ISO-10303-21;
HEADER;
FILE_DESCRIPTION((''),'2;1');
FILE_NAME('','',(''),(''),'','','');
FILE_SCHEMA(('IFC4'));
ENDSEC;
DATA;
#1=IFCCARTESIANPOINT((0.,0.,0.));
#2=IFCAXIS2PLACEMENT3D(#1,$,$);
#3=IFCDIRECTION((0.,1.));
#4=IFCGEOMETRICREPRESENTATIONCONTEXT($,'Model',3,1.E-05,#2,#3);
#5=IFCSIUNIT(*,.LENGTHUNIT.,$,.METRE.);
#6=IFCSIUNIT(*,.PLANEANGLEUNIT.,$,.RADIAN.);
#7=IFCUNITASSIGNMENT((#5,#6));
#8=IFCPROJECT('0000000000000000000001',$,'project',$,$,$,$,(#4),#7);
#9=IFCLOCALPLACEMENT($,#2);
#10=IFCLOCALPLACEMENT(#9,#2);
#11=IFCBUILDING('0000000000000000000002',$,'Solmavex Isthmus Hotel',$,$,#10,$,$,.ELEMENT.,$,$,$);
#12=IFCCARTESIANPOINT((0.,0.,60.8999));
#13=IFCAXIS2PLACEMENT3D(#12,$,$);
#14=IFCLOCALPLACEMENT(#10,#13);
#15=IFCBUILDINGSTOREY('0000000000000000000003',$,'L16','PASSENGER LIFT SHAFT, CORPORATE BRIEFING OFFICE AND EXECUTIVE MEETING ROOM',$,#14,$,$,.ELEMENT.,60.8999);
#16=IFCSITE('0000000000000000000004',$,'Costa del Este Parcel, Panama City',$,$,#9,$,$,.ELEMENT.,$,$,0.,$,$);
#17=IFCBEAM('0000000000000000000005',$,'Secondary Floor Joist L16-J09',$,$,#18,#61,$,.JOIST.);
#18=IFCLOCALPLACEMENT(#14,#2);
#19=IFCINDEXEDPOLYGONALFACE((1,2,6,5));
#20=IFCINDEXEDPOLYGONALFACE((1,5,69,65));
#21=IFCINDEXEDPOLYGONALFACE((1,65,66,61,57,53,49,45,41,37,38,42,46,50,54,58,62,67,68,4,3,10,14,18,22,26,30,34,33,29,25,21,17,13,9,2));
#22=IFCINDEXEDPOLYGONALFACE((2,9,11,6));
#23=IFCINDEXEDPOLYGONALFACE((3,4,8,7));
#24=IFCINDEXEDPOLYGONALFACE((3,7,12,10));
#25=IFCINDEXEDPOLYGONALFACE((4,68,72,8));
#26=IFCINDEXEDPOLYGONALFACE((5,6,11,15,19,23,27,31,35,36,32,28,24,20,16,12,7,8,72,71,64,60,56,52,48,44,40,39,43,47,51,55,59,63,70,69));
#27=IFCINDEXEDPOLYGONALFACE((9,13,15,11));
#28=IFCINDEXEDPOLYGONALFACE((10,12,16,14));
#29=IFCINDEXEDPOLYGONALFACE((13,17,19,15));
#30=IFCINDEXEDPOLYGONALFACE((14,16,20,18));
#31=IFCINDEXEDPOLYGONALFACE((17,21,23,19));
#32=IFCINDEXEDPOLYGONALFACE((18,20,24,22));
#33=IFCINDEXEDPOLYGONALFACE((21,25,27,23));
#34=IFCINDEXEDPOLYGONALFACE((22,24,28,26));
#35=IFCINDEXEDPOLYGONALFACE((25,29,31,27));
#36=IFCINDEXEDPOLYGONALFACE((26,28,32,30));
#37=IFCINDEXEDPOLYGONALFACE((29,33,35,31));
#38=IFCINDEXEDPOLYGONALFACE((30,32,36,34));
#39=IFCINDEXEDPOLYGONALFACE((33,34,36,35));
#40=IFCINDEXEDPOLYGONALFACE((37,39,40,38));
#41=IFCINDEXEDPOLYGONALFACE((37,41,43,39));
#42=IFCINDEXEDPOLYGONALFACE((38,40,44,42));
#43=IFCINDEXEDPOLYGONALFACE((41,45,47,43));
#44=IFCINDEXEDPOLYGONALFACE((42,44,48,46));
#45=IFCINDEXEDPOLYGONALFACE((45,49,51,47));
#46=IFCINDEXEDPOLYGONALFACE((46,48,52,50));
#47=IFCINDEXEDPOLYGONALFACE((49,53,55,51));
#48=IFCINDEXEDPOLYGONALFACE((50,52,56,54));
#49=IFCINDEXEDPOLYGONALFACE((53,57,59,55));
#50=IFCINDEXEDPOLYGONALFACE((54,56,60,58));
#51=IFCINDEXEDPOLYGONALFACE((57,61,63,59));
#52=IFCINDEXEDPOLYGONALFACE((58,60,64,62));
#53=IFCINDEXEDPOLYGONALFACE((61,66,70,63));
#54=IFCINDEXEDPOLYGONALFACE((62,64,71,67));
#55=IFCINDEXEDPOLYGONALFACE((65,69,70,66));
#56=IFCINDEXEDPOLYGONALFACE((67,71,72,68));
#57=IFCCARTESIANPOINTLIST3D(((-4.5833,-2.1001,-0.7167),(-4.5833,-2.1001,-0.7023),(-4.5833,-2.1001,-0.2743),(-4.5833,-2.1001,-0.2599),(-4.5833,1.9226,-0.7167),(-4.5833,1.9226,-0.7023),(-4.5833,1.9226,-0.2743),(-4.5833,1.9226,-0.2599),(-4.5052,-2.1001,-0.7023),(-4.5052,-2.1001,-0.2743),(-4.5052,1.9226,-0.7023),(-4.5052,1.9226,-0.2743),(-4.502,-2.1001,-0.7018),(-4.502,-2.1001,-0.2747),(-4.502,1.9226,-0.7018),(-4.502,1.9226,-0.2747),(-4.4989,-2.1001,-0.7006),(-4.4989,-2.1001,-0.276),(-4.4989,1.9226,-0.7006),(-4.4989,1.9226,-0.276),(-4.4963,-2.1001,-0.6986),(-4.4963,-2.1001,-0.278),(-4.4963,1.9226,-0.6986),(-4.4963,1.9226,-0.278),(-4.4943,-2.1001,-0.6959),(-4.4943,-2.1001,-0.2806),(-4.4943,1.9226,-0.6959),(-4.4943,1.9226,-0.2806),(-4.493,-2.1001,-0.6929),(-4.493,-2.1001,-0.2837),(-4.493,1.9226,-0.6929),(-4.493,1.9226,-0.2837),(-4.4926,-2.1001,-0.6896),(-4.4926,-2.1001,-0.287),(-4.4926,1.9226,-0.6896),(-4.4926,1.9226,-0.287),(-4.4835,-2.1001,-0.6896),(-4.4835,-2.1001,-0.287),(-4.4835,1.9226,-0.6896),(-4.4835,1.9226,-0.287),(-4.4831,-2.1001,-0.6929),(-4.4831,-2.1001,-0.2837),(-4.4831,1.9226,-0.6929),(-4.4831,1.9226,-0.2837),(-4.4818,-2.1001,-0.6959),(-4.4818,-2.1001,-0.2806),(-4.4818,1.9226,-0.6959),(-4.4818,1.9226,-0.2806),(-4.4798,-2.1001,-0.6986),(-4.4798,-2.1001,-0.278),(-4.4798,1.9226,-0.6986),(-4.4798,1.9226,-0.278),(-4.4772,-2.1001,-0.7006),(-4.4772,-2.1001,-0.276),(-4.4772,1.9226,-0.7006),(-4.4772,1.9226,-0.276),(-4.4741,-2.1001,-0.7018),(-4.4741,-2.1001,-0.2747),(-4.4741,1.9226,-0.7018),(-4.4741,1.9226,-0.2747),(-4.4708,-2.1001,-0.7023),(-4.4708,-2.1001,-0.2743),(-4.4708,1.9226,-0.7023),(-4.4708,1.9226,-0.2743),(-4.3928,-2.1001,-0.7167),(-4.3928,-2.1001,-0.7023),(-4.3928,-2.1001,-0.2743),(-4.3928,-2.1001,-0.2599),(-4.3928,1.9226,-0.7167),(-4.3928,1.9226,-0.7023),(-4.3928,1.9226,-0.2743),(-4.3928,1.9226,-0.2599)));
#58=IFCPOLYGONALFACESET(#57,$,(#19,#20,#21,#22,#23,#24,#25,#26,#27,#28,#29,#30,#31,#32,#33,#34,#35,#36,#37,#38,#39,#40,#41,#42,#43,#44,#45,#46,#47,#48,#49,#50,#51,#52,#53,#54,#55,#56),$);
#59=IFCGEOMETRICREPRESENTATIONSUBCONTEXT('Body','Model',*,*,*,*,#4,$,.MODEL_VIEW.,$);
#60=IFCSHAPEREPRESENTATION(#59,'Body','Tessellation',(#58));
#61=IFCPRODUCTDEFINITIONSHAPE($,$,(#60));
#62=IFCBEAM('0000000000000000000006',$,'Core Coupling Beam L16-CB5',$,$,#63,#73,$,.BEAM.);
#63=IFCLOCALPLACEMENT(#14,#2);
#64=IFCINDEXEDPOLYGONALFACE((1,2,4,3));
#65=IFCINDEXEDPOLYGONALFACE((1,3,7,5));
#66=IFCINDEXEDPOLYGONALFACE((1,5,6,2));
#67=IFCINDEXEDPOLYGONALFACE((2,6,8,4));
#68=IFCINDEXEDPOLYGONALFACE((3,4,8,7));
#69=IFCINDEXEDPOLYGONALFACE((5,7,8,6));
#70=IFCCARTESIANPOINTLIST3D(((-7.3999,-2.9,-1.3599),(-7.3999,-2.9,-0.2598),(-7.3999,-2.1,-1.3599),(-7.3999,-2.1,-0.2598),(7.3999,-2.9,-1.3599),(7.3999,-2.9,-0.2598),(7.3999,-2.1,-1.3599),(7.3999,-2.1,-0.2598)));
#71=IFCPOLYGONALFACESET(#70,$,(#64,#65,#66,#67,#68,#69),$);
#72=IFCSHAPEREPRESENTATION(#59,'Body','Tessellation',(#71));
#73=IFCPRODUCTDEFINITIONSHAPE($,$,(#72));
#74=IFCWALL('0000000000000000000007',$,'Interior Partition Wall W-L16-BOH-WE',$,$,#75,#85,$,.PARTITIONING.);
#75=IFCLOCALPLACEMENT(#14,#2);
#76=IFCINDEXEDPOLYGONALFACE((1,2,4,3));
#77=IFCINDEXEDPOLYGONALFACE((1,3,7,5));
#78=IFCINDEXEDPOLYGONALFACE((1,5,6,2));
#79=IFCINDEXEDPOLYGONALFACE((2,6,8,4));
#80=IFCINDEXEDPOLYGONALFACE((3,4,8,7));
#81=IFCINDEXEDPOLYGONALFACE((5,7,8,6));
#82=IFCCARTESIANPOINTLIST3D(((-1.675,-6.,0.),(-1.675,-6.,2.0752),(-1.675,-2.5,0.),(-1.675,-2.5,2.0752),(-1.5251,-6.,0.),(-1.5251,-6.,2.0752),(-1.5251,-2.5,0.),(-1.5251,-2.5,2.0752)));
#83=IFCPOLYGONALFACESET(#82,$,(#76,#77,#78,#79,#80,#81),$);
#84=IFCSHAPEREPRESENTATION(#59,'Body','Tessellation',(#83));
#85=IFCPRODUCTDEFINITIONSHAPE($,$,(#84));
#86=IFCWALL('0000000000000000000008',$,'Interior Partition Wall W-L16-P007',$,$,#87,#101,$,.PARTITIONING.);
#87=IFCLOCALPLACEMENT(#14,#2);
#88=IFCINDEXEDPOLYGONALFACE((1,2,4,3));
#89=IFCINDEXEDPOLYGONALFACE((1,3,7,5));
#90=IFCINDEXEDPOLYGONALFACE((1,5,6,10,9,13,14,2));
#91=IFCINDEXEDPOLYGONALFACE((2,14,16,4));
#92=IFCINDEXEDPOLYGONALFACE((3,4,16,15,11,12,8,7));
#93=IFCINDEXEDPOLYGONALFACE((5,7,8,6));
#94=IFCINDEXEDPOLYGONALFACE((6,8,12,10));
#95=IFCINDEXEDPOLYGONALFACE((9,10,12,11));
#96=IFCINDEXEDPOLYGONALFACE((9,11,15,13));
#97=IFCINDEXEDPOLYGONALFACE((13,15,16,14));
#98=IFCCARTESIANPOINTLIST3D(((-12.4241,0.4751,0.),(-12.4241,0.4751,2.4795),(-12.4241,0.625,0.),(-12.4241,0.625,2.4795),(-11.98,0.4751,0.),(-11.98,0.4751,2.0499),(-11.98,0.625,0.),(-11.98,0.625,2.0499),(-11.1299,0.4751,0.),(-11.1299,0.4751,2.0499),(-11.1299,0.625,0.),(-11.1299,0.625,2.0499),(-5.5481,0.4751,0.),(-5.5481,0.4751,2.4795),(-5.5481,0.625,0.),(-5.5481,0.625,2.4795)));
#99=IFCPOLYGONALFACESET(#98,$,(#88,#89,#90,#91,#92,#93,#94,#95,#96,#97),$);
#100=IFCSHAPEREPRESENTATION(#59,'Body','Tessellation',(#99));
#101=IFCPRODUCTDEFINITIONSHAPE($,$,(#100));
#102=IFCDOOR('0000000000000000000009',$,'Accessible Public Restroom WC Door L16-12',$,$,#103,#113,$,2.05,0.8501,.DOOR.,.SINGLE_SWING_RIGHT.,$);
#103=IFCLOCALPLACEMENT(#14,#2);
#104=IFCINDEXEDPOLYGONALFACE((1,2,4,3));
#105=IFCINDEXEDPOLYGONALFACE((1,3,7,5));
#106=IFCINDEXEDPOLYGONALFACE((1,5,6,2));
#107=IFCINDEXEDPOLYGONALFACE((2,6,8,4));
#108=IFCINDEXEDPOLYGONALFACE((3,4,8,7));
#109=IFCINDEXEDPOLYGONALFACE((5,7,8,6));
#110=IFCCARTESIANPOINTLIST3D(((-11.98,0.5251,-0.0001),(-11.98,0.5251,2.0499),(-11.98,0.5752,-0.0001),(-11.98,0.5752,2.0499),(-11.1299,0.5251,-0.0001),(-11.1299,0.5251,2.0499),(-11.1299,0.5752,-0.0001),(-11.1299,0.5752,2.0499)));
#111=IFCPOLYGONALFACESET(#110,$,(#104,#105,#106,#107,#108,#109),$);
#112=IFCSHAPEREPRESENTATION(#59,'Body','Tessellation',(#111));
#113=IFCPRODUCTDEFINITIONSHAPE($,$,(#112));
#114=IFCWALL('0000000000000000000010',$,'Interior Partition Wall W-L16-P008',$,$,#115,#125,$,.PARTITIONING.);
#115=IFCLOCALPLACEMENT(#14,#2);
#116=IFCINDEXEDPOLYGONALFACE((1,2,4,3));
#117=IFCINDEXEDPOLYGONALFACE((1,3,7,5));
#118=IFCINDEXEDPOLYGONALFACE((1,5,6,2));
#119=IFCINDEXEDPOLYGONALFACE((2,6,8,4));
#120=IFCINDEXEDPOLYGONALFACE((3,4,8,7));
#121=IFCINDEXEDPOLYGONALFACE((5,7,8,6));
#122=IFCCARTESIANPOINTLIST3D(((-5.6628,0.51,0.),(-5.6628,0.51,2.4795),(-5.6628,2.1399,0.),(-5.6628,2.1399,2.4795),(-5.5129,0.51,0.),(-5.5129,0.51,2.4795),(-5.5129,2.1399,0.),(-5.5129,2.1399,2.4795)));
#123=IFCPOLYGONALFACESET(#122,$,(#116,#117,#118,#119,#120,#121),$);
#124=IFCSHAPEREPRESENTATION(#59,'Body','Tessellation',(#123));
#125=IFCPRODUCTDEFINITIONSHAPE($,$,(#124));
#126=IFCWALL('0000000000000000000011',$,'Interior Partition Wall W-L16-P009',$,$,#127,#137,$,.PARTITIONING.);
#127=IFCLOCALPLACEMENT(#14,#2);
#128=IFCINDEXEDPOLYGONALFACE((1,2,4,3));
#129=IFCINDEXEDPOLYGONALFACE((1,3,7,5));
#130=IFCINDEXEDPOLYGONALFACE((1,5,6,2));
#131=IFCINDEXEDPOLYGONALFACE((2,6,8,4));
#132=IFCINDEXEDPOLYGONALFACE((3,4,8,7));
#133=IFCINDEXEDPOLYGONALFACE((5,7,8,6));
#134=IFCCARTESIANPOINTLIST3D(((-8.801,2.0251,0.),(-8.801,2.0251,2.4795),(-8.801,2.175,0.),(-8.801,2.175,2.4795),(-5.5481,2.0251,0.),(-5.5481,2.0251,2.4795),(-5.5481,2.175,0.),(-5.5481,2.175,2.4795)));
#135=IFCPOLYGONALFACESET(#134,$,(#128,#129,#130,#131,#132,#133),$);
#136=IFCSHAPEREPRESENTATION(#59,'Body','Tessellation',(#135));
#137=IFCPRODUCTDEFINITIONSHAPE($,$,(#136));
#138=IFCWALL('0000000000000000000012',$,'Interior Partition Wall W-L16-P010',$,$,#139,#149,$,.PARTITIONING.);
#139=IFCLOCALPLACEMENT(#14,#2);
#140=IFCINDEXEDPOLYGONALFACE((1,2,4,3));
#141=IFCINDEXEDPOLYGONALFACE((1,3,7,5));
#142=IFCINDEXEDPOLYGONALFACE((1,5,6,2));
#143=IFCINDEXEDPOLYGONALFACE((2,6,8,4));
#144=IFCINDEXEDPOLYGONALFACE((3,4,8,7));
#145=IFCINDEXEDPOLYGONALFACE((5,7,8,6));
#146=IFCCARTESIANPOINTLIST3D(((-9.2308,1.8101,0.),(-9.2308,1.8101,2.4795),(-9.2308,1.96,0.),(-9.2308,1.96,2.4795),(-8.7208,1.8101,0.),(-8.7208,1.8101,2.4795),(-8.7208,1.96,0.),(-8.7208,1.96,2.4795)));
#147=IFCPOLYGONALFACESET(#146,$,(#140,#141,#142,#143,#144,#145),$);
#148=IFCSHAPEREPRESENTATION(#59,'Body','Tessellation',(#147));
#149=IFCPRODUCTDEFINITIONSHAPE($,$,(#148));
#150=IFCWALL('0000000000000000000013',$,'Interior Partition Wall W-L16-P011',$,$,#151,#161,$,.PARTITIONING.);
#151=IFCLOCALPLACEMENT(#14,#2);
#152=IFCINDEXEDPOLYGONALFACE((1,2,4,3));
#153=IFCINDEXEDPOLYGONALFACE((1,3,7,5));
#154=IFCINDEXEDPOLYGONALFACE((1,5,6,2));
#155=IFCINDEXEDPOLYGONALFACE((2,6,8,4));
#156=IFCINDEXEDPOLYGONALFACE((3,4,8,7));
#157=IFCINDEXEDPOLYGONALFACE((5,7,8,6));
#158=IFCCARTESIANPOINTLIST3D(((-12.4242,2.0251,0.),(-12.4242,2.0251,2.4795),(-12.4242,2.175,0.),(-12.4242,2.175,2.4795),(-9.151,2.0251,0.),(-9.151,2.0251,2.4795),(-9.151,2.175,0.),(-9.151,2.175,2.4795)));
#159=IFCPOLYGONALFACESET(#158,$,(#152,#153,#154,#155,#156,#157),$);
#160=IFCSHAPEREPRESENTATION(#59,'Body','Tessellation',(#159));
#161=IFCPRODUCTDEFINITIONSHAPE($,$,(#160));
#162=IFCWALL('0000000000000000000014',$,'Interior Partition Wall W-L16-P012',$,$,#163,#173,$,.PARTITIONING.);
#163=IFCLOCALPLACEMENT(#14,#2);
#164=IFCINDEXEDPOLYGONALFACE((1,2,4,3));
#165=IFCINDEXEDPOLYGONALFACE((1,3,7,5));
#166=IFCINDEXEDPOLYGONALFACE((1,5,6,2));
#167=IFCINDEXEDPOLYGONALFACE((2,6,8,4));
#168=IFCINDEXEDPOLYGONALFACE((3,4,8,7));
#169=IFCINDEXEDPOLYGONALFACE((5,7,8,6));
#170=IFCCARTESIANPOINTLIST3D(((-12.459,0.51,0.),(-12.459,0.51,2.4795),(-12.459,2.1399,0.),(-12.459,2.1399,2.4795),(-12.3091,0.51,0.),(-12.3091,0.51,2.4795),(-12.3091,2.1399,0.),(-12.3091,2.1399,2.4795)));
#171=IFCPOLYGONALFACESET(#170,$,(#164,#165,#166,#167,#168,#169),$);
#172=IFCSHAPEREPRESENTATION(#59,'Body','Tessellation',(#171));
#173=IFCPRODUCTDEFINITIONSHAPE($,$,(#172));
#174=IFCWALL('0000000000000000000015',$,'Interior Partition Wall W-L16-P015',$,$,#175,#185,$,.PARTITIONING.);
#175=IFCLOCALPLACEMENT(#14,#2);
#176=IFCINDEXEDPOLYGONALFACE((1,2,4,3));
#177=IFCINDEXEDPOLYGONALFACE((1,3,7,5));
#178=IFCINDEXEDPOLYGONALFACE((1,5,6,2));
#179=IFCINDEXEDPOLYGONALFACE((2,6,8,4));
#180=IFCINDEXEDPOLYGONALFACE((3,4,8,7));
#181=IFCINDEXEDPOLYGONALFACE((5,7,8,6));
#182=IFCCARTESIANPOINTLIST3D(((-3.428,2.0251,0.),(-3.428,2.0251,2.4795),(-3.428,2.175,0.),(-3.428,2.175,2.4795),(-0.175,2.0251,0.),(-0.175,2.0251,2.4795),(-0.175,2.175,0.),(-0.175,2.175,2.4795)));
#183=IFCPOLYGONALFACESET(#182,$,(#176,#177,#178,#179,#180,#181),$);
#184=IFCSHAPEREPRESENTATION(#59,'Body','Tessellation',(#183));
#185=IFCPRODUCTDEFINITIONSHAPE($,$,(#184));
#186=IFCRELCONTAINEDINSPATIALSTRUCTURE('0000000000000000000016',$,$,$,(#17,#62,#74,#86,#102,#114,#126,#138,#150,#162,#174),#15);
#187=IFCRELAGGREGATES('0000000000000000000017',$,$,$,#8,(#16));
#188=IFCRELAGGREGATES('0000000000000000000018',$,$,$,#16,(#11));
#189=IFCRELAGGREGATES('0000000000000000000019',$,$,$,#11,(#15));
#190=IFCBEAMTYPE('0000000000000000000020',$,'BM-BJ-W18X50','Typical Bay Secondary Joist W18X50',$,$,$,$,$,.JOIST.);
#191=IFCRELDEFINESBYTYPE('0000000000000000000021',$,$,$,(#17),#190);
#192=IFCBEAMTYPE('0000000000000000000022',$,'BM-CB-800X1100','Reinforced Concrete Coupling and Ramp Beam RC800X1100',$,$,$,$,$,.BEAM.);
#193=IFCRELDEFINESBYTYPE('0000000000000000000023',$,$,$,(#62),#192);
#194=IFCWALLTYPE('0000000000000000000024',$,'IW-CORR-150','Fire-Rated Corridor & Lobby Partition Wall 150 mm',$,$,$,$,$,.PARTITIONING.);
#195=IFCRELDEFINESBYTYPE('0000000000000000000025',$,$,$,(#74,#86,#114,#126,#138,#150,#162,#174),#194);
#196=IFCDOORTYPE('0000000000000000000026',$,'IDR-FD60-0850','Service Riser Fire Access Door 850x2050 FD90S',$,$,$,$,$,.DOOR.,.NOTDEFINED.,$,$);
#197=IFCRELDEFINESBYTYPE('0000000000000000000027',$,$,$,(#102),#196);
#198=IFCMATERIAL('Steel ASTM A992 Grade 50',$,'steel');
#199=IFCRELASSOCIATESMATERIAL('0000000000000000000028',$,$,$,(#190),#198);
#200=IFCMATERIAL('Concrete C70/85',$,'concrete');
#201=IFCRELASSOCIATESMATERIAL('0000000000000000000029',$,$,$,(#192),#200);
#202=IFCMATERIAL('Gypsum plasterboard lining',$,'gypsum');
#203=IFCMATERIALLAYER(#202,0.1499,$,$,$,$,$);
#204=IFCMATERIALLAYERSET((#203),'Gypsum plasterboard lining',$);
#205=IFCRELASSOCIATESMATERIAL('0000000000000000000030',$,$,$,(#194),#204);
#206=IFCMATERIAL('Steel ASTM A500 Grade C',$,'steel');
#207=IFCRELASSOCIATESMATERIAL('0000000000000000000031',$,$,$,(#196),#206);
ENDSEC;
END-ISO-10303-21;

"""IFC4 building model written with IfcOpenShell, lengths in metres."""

from ifc_helpers import new_model, si_unit, direction, frame, frame_2d, origin, origin_2d, place, context, subcontext, project, spatial, rectangle, i_section, extrude, material, layer, layer_set, material_profile, profile_set, type_object, element, fill, save


model = new_model("IFC4")

# Units and contexts
model_context = context("Model", 3, precision=1e-05, world=origin(), true_north=direction((0.0, 1.0)))
body_context = subcontext(model_context, "Body", "Model", "MODEL_VIEW")
ifc_project = project(units=[si_unit("LENGTHUNIT", "METRE"), si_unit("PLANEANGLEUNIT", "RADIAN")], contexts=[model_context])

# Site, building, storey
site_placement = place(None, origin())
site = spatial("IfcSite", under=ifc_project, at=site_placement, Name="Costa del Este Parcel, Panama City", CompositionType="ELEMENT", RefElevation=0.0)
building_placement = place(site_placement, origin())
building = spatial("IfcBuilding", under=site, at=building_placement, Name="Solmavex Isthmus Hotel", CompositionType="ELEMENT")
storey_placement = place(building_placement, frame((0.0, 0.0, 60.8999)))
storey = spatial("IfcBuildingStorey", under=building, at=storey_placement, Name="L16", Description="PASSENGER LIFT SHAFT, CORPORATE BRIEFING OFFICE AND EXECUTIVE MEETING ROOM", CompositionType="ELEMENT", Elevation=60.8999)

# Shared definitions
ifc_material_1 = material(Name="Concrete C70/85", Category="concrete")

# Beams
ifc_material_2 = material(Name="Steel ASTM A992 Grade 50", Category="steel")
ifc_material_profile_1 = material_profile(ifc_material_2, i_section(OverallWidth=0.1904, OverallDepth=0.4568, WebThickness=0.009, FlangeThickness=0.0144, FilletRadius=0.0127, at=origin_2d()), Name="W18X50")
ifc_profile_set_1 = profile_set([ifc_material_profile_1], Name="Steel ASTM A992 Grade 50")
beam_type_1 = type_object("IfcBeamType", Name="BM-BJ-W18X50", Description="Typical Bay Secondary Joist W18X50", PredefinedType="JOIST", material=ifc_profile_set_1)
beam_1_placement = place(storey_placement, frame((-4.488, -2.1001, -0.4883), z_axis=(0.0, 1.0, 0.0), x_axis=(-1.0, 0.0, 0.0)))
element("IfcBeam", 1, at=beam_1_placement, inside=storey, type_object=beam_type_1, Name="Secondary Floor Joist L16-J09", PredefinedType="JOIST", context=body_context, shape_type="SweptSolid", body=[
    extrude(i_section(OverallWidth=0.1904, OverallDepth=0.4568, WebThickness=0.009, FlangeThickness=0.0144, FilletRadius=0.0127, at=origin_2d()), origin(), (0.0, 0.0, 1.0), 4.0227),
])
ifc_material_profile_2 = material_profile(ifc_material_1, rectangle(XDim=0.8, YDim=1.1001, at=origin_2d()), Name="RC800X1100")
ifc_profile_set_2 = profile_set([ifc_material_profile_2], Name="Concrete C70/85")
beam_type_2 = type_object("IfcBeamType", Name="BM-CB-800X1100", Description="Reinforced Concrete Coupling and Ramp Beam RC800X1100", PredefinedType="BEAM", material=ifc_profile_set_2)
beam_2_placement = place(storey_placement, frame((-7.3999, -2.5, -0.8098), z_axis=(1.0, 0.0, 0.0), x_axis=(0.0, 1.0, 0.0)))
element("IfcBeam", 2, at=beam_2_placement, inside=storey, type_object=beam_type_2, Name="Core Coupling Beam L16-CB5", PredefinedType="BEAM", context=body_context, shape_type="SweptSolid", body=[
    extrude(rectangle(XDim=0.8, YDim=1.1001, at=origin_2d()), origin(), (0.0, 0.0, 1.0), 14.7998),
])

# Wall
ifc_material_3 = material(Name="Gypsum plasterboard lining", Category="gypsum")
ifc_layer_1 = layer(ifc_material_3, 0.1499)
ifc_layer_set_1 = layer_set([ifc_layer_1], Name="Gypsum plasterboard lining")
wall_type_1 = type_object("IfcWallType", Name="IW-CORR-150", Description="Fire-Rated Corridor & Lobby Partition Wall 150 mm", PredefinedType="PARTITIONING", material=ifc_layer_set_1)
wall_1_placement = place(storey_placement, frame((-1.6001, -6.0, 0.0), z_axis=(0.0, 0.0, 1.0), x_axis=(0.0, 1.0, 0.0)))
element("IfcWall", 3, at=wall_1_placement, inside=storey, type_object=wall_type_1, Name="Interior Partition Wall W-L16-BOH-WE", PredefinedType="PARTITIONING", context=body_context, shape_type="SweptSolid", body=[
    extrude(rectangle(XDim=3.5, YDim=0.1499, at=frame_2d((1.75, 0.0))), origin(), (0.0, 0.0, 1.0), 2.0752),
])

# Wall, opening, door
wall_2_placement = place(storey_placement, frame((-12.4241, 0.55, 0.0), z_axis=(0.0, 0.0, 1.0), x_axis=(1.0, 0.0, 0.0)))
wall_2 = element("IfcWall", 4, at=wall_2_placement, inside=storey, type_object=wall_type_1, Name="Interior Partition Wall W-L16-P007", PredefinedType="PARTITIONING", context=body_context, shape_type="SweptSolid", body=[
    extrude(rectangle(XDim=6.876, YDim=0.1499, at=frame_2d((3.438, 0.0))), origin(), (0.0, 0.0, 1.0), 2.4795),
])
opening_1_placement = place(wall_2_placement, frame((0.4441, 0.0, 0.0)))
opening_1 = element("IfcOpeningElement", 5, at=opening_1_placement, cuts=wall_2, PredefinedType="OPENING", context=body_context, shape_type="SweptSolid", body=[
    extrude(rectangle(XDim=0.8501, YDim=2.05, at=frame_2d((0.425, 1.0249))), frame((0.0, 0.085, 0.0), z_axis=(0.0, -1.0, 0.0), x_axis=(1.0, 0.0, 0.0)), (0.0, 0.0, 1.0), 0.1699),
])
ifc_material_4 = material(Name="Steel ASTM A500 Grade C", Category="steel")
door_type_1 = type_object("IfcDoorType", Name="IDR-FD60-0850", Description="Service Riser Fire Access Door 850x2050 FD90S", OperationType="NOTDEFINED", PredefinedType="DOOR", material=ifc_material_4)
door_1_placement = place(opening_1_placement, frame((0.8501, 0.0, 0.0), z_axis=(0.0, 0.0, 1.0), x_axis=(-1.0, 0.0, 0.0)))
door_1 = element("IfcDoor", 6, at=door_1_placement, inside=storey, type_object=door_type_1, Name="Accessible Public Restroom WC Door L16-12", OperationType="SINGLE_SWING_RIGHT", OverallHeight=2.05, OverallWidth=0.8501, PredefinedType="DOOR", context=body_context, shape_type="SweptSolid", body=[
    extrude(rectangle(XDim=0.8501, YDim=2.05, at=frame_2d((0.425, 1.0249))), frame((0.0, 0.0249, 0.0), z_axis=(0.0, -1.0, 0.0), x_axis=(1.0, 0.0, 0.0)), (0.0, 0.0, 1.0), 0.05),
])
fill(opening_1, door_1)

# Walls
wall_3_placement = place(storey_placement, frame((-5.5879, 0.51, 0.0), z_axis=(0.0, 0.0, 1.0), x_axis=(0.0, 1.0, 0.0)))
element("IfcWall", 7, at=wall_3_placement, inside=storey, type_object=wall_type_1, Name="Interior Partition Wall W-L16-P008", PredefinedType="PARTITIONING", context=body_context, shape_type="SweptSolid", body=[
    extrude(rectangle(XDim=1.6299, YDim=0.1499, at=frame_2d((0.8149, 0.0))), origin(), (0.0, 0.0, 1.0), 2.4795),
])
wall_4_placement = place(storey_placement, frame((-5.5481, 2.1001, 0.0), z_axis=(0.0, 0.0, 1.0), x_axis=(-1.0, 0.0, 0.0)))
element("IfcWall", 8, at=wall_4_placement, inside=storey, type_object=wall_type_1, Name="Interior Partition Wall W-L16-P009", PredefinedType="PARTITIONING", context=body_context, shape_type="SweptSolid", body=[
    extrude(rectangle(XDim=3.2529, YDim=0.1499, at=frame_2d((1.6265, 0.0))), origin(), (0.0, 0.0, 1.0), 2.4795),
])
wall_5_placement = place(storey_placement, frame((-8.7209, 1.885, 0.0), z_axis=(0.0, 0.0, 1.0), x_axis=(-1.0, 0.0, 0.0)))
element("IfcWall", 9, at=wall_5_placement, inside=storey, type_object=wall_type_1, Name="Interior Partition Wall W-L16-P010", PredefinedType="PARTITIONING", context=body_context, shape_type="SweptSolid", body=[
    extrude(rectangle(XDim=0.51, YDim=0.1499, at=frame_2d((0.2549, 0.0))), origin(), (0.0, 0.0, 1.0), 2.4795),
])
wall_6_placement = place(storey_placement, frame((-9.1509, 2.1001, 0.0), z_axis=(0.0, 0.0, 1.0), x_axis=(-1.0, 0.0, 0.0)))
element("IfcWall", 10, at=wall_6_placement, inside=storey, type_object=wall_type_1, Name="Interior Partition Wall W-L16-P011", PredefinedType="PARTITIONING", context=body_context, shape_type="SweptSolid", body=[
    extrude(rectangle(XDim=3.2732, YDim=0.1499, at=frame_2d((1.6367, 0.0))), origin(), (0.0, 0.0, 1.0), 2.4795),
])
wall_7_placement = place(storey_placement, frame((-12.384, 2.1399, 0.0), z_axis=(0.0, 0.0, 1.0), x_axis=(0.0, -1.0, 0.0)))
element("IfcWall", 11, at=wall_7_placement, inside=storey, type_object=wall_type_1, Name="Interior Partition Wall W-L16-P012", PredefinedType="PARTITIONING", context=body_context, shape_type="SweptSolid", body=[
    extrude(rectangle(XDim=1.6299, YDim=0.1499, at=frame_2d((0.8149, 0.0))), origin(), (0.0, 0.0, 1.0), 2.4795),
])
wall_8_placement = place(storey_placement, frame((-0.175, 2.1001, 0.0), z_axis=(0.0, 0.0, 1.0), x_axis=(-1.0, 0.0, 0.0)))
element("IfcWall", 12, at=wall_8_placement, inside=storey, type_object=wall_type_1, Name="Interior Partition Wall W-L16-P015", PredefinedType="PARTITIONING", context=body_context, shape_type="SweptSolid", body=[
    extrude(rectangle(XDim=3.2529, YDim=0.1499, at=frame_2d((1.6265, 0.0))), origin(), (0.0, 0.0, 1.0), 2.4795),
])

save(model, "model.ifc")
